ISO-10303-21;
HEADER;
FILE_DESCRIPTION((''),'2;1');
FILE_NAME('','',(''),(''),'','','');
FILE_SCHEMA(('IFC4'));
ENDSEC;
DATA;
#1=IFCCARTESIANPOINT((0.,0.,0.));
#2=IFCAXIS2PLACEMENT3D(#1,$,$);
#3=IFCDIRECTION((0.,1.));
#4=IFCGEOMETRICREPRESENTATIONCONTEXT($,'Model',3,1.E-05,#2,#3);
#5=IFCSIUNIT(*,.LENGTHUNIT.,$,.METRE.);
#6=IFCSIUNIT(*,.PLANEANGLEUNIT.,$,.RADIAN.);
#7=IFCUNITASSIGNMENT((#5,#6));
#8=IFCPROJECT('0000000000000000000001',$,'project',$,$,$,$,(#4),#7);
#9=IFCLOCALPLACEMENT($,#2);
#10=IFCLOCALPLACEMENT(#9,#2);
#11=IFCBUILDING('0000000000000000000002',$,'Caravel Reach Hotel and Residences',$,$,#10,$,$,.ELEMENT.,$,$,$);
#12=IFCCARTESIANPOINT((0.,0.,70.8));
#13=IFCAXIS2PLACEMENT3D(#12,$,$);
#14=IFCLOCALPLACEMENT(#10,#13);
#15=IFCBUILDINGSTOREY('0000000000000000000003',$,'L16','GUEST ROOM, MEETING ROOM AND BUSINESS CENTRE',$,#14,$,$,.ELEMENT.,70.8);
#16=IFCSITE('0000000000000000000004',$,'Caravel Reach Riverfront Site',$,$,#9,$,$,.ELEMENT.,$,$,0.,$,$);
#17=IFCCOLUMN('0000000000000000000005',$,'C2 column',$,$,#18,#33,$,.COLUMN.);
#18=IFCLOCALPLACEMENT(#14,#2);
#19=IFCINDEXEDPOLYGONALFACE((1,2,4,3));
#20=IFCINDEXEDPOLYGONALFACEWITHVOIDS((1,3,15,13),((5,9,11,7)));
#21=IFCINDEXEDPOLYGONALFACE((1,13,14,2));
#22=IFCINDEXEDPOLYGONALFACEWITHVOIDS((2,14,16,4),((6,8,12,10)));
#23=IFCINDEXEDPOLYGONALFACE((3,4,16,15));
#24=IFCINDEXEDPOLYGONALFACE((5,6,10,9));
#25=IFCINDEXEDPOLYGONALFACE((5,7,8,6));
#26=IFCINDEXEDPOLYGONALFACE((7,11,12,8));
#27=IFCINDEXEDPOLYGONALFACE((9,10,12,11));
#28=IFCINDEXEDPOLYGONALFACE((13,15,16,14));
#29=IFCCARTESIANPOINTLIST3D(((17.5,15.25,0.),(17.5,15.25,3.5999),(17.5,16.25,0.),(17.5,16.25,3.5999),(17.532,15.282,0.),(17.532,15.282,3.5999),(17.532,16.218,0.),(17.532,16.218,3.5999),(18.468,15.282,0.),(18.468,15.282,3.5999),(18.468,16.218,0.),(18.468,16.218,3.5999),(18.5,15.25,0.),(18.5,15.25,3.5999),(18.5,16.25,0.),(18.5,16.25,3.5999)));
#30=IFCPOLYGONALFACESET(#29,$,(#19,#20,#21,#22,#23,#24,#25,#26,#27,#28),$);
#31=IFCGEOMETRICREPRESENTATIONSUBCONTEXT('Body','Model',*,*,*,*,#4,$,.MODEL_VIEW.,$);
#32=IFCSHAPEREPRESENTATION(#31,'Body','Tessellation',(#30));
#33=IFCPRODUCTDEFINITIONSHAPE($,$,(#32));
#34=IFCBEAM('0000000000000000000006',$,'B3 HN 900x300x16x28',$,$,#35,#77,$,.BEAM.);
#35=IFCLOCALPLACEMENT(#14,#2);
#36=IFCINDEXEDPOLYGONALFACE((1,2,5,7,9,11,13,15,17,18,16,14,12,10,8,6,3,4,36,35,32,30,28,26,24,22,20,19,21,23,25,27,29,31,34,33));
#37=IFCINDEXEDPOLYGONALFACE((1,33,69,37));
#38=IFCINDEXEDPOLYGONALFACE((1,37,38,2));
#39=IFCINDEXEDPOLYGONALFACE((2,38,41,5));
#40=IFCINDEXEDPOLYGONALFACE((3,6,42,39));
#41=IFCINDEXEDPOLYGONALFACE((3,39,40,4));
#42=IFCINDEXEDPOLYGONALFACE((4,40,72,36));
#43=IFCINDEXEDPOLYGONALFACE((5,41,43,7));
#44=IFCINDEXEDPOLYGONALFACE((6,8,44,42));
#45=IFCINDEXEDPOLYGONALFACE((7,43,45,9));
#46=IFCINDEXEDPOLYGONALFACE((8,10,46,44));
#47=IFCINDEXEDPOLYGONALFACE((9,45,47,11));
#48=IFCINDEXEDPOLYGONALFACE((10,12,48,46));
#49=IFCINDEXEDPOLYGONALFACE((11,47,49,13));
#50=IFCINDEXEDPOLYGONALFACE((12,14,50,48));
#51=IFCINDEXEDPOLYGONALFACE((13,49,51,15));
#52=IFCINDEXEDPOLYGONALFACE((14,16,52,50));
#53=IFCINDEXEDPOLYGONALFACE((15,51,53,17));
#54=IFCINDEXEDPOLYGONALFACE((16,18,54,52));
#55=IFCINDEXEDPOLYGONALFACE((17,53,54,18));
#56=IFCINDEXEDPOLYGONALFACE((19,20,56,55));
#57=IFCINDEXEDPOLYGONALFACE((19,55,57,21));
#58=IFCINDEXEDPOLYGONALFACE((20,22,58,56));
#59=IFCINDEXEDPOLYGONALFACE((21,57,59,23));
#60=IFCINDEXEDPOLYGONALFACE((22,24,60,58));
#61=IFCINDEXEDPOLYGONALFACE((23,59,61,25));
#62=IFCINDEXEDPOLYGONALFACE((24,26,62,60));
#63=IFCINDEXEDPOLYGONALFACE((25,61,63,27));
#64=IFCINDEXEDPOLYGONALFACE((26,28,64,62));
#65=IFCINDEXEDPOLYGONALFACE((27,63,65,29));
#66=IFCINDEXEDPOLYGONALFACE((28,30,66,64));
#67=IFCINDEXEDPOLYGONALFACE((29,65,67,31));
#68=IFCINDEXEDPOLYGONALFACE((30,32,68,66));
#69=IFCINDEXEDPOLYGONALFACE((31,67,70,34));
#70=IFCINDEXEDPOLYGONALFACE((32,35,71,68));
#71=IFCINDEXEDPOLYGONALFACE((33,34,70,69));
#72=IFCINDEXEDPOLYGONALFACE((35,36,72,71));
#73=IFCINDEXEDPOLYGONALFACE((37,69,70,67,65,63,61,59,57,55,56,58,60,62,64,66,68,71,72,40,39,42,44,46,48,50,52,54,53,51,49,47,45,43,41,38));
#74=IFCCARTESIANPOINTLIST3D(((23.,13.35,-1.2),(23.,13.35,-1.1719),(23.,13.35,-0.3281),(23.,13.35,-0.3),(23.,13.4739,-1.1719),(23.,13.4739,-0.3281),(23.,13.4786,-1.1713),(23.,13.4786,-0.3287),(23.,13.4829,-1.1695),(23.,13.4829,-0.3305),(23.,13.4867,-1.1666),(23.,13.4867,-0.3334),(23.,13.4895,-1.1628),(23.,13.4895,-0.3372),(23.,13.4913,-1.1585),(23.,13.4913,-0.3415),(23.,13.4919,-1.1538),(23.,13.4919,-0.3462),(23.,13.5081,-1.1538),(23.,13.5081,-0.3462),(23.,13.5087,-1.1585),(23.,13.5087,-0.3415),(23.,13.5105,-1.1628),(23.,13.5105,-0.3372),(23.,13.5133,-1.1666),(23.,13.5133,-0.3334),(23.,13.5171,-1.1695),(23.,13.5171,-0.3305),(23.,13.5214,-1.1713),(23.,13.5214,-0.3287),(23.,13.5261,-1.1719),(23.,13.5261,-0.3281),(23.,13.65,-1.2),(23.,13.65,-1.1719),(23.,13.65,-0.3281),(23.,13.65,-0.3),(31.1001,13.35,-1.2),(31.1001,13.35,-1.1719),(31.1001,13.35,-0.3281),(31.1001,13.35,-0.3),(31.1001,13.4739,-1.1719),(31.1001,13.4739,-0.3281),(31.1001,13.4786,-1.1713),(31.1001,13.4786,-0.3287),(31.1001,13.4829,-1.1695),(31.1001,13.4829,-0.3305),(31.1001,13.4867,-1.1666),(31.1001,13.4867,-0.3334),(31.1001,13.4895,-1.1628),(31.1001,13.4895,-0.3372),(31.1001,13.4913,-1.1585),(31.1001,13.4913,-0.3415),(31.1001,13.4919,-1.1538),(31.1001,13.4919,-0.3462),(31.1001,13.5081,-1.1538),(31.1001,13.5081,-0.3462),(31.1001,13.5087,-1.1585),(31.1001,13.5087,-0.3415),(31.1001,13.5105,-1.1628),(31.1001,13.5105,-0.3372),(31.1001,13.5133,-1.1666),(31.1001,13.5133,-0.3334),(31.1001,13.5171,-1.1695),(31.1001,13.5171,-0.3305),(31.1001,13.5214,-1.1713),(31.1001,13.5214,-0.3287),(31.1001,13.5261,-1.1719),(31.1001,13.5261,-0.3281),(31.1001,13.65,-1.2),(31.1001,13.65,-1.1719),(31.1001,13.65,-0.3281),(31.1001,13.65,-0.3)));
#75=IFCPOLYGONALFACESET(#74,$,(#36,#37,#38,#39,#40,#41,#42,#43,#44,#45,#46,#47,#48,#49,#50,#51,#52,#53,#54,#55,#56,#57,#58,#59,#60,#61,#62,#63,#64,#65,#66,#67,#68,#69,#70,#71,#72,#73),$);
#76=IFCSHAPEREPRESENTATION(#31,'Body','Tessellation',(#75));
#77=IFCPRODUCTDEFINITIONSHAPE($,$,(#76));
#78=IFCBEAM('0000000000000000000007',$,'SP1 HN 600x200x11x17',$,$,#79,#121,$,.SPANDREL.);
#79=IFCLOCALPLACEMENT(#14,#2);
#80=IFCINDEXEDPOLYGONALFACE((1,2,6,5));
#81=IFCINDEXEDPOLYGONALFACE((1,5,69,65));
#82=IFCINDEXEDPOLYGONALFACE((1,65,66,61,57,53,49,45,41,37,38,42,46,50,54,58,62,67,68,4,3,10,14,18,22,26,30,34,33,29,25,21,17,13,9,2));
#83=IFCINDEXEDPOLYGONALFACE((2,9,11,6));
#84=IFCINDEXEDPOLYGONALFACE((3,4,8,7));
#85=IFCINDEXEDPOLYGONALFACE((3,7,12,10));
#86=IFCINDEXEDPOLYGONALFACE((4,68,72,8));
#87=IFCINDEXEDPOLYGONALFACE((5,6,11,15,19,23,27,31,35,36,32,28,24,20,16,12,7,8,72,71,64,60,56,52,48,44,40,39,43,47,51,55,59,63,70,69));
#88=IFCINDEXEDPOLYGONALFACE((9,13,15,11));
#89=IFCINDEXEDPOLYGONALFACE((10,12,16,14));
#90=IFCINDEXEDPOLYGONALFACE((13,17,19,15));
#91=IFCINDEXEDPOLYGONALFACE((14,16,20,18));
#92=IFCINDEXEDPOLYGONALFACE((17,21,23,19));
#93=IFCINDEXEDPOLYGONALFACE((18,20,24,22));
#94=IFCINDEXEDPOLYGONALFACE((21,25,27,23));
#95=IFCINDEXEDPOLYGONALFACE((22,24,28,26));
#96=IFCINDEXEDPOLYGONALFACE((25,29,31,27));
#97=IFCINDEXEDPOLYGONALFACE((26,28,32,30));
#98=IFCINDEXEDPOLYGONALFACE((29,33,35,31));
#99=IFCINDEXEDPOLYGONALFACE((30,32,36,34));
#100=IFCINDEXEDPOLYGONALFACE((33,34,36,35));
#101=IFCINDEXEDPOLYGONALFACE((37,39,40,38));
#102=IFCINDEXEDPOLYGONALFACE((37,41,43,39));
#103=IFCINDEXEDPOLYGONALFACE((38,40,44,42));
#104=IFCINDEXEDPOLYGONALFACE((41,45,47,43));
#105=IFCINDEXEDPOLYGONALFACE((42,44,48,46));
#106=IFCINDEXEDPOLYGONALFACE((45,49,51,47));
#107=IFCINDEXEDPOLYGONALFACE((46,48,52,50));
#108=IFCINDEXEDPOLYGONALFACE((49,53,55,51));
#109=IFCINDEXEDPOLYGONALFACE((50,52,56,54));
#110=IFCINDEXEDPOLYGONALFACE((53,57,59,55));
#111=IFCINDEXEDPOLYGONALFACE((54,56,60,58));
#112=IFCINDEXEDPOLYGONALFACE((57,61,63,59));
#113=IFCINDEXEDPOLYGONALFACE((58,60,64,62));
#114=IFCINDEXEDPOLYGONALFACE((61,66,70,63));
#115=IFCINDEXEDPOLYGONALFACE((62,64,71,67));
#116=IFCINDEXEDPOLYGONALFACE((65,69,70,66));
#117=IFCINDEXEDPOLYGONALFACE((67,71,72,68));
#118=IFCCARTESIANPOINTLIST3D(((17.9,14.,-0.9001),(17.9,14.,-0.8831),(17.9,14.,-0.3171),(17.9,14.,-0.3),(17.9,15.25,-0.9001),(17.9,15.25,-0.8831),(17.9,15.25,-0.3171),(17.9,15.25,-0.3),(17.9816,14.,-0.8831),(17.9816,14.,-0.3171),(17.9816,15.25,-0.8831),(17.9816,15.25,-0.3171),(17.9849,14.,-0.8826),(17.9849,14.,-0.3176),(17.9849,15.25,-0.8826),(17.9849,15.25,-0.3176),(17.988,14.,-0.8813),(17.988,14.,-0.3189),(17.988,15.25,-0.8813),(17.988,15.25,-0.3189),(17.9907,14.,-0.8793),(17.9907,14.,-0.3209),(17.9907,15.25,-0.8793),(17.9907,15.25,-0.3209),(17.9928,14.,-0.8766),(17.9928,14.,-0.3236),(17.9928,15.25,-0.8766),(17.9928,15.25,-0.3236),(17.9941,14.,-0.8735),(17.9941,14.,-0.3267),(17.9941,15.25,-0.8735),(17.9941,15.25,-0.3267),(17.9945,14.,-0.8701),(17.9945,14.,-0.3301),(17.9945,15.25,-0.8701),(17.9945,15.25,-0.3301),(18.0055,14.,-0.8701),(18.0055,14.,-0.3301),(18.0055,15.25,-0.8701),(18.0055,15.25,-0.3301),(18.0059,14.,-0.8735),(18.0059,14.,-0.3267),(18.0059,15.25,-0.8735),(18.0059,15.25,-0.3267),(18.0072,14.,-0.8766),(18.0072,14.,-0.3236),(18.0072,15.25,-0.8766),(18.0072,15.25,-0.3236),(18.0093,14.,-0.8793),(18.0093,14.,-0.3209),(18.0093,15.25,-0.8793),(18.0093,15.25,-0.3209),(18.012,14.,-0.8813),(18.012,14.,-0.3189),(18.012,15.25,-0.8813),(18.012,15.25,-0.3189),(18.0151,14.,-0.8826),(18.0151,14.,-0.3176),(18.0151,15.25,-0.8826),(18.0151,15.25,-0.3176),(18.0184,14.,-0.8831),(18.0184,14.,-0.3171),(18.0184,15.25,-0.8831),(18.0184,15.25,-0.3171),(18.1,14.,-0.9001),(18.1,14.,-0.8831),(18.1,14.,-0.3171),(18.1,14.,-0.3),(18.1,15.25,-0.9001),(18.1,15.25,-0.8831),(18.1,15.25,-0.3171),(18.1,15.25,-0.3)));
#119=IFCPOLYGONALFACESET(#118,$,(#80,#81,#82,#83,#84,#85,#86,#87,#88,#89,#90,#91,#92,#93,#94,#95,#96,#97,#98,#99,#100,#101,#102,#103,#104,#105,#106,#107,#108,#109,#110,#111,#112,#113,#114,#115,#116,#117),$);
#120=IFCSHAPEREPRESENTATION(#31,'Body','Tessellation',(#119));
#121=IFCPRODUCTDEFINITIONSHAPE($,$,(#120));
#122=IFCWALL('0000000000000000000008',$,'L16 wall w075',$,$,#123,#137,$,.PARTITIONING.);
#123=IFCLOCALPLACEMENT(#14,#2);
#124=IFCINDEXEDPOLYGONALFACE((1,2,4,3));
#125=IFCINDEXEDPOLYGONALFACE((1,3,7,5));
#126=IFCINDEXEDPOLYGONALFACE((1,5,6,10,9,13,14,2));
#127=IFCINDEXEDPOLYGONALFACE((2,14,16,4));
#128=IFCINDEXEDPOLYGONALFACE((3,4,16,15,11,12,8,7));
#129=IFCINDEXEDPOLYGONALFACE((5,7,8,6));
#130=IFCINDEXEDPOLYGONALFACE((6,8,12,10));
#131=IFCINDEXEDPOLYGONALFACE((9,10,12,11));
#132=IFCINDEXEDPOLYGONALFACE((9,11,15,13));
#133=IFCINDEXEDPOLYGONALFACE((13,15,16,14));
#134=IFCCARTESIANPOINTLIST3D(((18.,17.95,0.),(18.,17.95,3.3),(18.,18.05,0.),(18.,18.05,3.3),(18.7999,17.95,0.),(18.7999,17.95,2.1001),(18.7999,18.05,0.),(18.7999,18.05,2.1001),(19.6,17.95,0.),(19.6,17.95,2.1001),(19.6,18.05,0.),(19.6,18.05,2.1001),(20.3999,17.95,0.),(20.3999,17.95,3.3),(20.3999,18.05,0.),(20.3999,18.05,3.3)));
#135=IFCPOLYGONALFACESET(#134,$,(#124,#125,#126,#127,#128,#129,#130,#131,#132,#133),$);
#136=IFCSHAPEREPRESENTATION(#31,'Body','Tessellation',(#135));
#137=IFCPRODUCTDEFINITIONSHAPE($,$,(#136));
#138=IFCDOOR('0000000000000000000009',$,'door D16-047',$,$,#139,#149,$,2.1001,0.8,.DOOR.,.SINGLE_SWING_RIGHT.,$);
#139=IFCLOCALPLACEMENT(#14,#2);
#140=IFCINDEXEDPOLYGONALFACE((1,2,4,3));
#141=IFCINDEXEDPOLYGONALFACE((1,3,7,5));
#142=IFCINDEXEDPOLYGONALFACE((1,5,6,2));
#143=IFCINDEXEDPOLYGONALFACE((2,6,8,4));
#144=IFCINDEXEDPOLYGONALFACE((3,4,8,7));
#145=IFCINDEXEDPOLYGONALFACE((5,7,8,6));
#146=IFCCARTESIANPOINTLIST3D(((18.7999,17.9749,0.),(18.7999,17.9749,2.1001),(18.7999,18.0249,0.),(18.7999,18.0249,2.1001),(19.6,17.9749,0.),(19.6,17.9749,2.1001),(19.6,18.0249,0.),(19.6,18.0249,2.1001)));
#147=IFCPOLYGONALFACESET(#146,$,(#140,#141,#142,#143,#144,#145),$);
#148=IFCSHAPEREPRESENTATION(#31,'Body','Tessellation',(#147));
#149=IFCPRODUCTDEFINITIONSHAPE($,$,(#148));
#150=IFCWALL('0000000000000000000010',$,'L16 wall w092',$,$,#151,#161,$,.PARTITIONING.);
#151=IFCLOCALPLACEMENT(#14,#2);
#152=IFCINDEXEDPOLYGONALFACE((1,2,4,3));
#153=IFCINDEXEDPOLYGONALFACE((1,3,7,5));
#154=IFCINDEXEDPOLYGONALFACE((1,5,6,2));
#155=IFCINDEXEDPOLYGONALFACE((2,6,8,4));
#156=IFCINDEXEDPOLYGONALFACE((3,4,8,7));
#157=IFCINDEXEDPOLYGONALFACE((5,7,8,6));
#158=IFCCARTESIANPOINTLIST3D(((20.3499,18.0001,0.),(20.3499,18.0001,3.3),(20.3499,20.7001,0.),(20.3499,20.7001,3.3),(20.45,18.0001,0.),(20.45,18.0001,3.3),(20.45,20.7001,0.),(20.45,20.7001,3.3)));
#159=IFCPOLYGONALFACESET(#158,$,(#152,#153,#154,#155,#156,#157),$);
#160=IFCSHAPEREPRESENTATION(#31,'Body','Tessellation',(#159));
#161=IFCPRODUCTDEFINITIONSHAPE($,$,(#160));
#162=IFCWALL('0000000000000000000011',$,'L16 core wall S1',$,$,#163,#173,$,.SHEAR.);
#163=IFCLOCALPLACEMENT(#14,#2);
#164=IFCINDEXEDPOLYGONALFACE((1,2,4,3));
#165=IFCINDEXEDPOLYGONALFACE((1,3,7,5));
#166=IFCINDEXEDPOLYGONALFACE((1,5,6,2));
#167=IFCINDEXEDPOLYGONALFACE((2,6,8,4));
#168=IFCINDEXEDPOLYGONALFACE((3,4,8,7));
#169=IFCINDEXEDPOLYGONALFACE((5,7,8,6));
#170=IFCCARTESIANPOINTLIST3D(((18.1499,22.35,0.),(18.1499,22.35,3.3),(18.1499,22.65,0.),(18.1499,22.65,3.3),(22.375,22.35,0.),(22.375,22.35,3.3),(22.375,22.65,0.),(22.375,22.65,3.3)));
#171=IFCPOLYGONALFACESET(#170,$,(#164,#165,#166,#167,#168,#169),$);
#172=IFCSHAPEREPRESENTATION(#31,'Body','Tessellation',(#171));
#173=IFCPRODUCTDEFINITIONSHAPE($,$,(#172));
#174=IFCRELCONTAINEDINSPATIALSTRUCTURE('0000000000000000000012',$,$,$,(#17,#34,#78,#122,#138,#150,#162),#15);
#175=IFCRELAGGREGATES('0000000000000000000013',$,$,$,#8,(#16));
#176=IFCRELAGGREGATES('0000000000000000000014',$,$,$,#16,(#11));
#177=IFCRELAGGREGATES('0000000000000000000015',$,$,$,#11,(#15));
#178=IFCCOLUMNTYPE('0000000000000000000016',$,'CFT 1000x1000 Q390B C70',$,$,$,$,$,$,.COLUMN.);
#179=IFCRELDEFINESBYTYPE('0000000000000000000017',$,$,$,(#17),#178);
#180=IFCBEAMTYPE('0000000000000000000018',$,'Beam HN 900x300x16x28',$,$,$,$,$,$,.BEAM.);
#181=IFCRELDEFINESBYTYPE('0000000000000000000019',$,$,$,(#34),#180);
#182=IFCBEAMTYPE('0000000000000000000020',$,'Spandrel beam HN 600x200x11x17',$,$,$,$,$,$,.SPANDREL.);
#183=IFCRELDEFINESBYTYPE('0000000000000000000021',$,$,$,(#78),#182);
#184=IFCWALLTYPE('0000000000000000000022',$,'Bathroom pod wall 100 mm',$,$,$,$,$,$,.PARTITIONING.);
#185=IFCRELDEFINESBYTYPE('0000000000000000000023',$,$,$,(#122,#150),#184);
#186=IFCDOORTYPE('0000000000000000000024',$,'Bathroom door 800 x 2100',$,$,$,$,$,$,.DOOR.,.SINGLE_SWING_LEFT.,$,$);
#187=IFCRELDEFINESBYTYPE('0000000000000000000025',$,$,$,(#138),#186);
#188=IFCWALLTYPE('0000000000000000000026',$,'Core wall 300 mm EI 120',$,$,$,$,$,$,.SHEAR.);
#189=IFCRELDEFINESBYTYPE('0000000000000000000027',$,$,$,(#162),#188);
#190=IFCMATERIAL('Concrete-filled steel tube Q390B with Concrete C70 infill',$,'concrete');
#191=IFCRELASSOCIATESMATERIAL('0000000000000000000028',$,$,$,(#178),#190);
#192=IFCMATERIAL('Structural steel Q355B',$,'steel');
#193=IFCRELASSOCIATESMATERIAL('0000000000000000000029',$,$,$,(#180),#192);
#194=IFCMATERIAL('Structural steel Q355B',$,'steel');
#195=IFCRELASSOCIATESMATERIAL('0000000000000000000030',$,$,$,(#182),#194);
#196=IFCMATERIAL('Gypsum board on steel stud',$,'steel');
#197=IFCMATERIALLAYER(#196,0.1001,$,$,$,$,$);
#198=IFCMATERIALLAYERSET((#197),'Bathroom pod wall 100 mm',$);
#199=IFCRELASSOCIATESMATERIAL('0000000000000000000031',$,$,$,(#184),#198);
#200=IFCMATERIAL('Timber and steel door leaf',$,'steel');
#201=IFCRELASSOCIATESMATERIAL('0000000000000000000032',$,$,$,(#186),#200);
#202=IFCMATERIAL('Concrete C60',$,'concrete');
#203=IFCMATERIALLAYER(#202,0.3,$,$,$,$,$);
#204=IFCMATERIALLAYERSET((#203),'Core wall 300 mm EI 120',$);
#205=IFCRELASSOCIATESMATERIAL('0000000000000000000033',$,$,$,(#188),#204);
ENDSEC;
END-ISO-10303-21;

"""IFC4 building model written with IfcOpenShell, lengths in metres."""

from ifc_helpers import new_model, si_unit, direction, frame, frame_2d, origin, origin_2d, place, context, subcontext, project, spatial, rectangle, hollow_rectangle, i_section, extrude, material, layer, layer_set, material_profile, profile_set, type_object, element, fill, save


model = new_model("IFC4")

# Units and contexts
model_context = context("Model", 3, precision=1e-05, world=origin(), true_north=direction((0.0, 1.0)))
body_context = subcontext(model_context, "Body", "Model", "MODEL_VIEW")
ifc_project = project(units=[si_unit("LENGTHUNIT", "METRE"), si_unit("PLANEANGLEUNIT", "RADIAN")], contexts=[model_context])

# Site, building, storey
site_placement = place(None, origin())
site = spatial("IfcSite", under=ifc_project, at=site_placement, Name="Caravel Reach Riverfront Site", CompositionType="ELEMENT", RefElevation=0.0)
building_placement = place(site_placement, origin())
building = spatial("IfcBuilding", under=site, at=building_placement, Name="Caravel Reach Hotel and Residences", CompositionType="ELEMENT")
storey_placement = place(building_placement, frame((0.0, 0.0, 70.8)))
storey = spatial("IfcBuildingStorey", under=building, at=storey_placement, Name="L16", Description="GUEST ROOM, MEETING ROOM AND BUSINESS CENTRE", CompositionType="ELEMENT", Elevation=70.8)

# Column
ifc_material_1 = material(Name="Concrete-filled steel tube Q390B with Concrete C70 infill", Category="concrete")
ifc_material_profile_1 = material_profile(ifc_material_1, hollow_rectangle(XDim=1.0, YDim=1.0, WallThickness=0.032, at=origin_2d()), Name="RHS 1000x1000x32")
ifc_profile_set_1 = profile_set([ifc_material_profile_1], Name="Concrete-filled steel tube Q390B with Concrete C70 infill")
column_type = type_object("IfcColumnType", Name="CFT 1000x1000 Q390B C70", PredefinedType="COLUMN", material=ifc_profile_set_1)
column_placement = place(storey_placement, frame((18.0, 15.75, 0.0), z_axis=(0.0, 0.0, 1.0), x_axis=(1.0, 0.0, 0.0)))
element("IfcColumn", 1, at=column_placement, inside=storey, type_object=column_type, Name="C2 column", PredefinedType="COLUMN", context=body_context, shape_type="SweptSolid", body=[
    extrude(hollow_rectangle(XDim=1.0, YDim=1.0, WallThickness=0.032, at=origin_2d()), origin(), (0.0, 0.0, 1.0), 3.5999),
])

# Beams
ifc_material_2 = material(Name="Structural steel Q355B", Category="steel")
ifc_material_profile_2 = material_profile(ifc_material_2, i_section(OverallWidth=0.3, OverallDepth=0.8999, WebThickness=0.0161, FlangeThickness=0.0281, FilletRadius=0.0181, at=origin_2d()), Name="HN 900x300x16x28")
ifc_profile_set_2 = profile_set([ifc_material_profile_2], Name="Structural steel Q355B")
beam_type_1 = type_object("IfcBeamType", Name="Beam HN 900x300x16x28", PredefinedType="BEAM", material=ifc_profile_set_2)
beam_1_placement = place(storey_placement, frame((23.0, 13.5, -0.75), z_axis=(1.0, 0.0, 0.0), x_axis=(0.0, 1.0, 0.0)))
element("IfcBeam", 2, at=beam_1_placement, inside=storey, type_object=beam_type_1, Name="B3 HN 900x300x16x28", PredefinedType="BEAM", context=body_context, shape_type="SweptSolid", body=[
    extrude(i_section(OverallWidth=0.3, OverallDepth=0.8999, WebThickness=0.0161, FlangeThickness=0.0281, FilletRadius=0.0181, at=origin_2d()), origin(), (0.0, 0.0, 1.0), 8.1001),
])
ifc_material_3 = material(Name="Structural steel Q355B", Category="steel")
ifc_material_profile_3 = material_profile(ifc_material_3, i_section(OverallWidth=0.2, OverallDepth=0.6001, WebThickness=0.011, FlangeThickness=0.0171, FilletRadius=0.0129, at=origin_2d()), Name="HN 600x200x11x17")
ifc_profile_set_3 = profile_set([ifc_material_profile_3], Name="Structural steel Q355B")
beam_type_2 = type_object("IfcBeamType", Name="Spandrel beam HN 600x200x11x17", PredefinedType="SPANDREL", material=ifc_profile_set_3)
beam_2_placement = place(storey_placement, frame((18.0, 15.25, -0.6001), z_axis=(0.0, -1.0, 0.0), x_axis=(1.0, 0.0, 0.0)))
element("IfcBeam", 3, at=beam_2_placement, inside=storey, type_object=beam_type_2, Name="SP1 HN 600x200x11x17", PredefinedType="SPANDREL", context=body_context, shape_type="SweptSolid", body=[
    extrude(i_section(OverallWidth=0.2, OverallDepth=0.6001, WebThickness=0.011, FlangeThickness=0.0171, FilletRadius=0.0129, at=origin_2d()), origin(), (0.0, 0.0, 1.0), 1.25),
])

# Wall, opening, door
ifc_material_4 = material(Name="Gypsum board on steel stud", Category="steel")
ifc_layer_1 = layer(ifc_material_4, 0.1001)
ifc_layer_set_1 = layer_set([ifc_layer_1], Name="Bathroom pod wall 100 mm")
wall_type_1 = type_object("IfcWallType", Name="Bathroom pod wall 100 mm", PredefinedType="PARTITIONING", material=ifc_layer_set_1)
wall_1_placement = place(storey_placement, frame((18.0, 18.0, 0.0), z_axis=(0.0, 0.0, 1.0), x_axis=(1.0, 0.0, 0.0)))
wall_1 = element("IfcWall", 4, at=wall_1_placement, inside=storey, type_object=wall_type_1, Name="L16 wall w075", PredefinedType="PARTITIONING", context=body_context, shape_type="SweptSolid", body=[
    extrude(rectangle(XDim=2.3999, YDim=0.1001, at=frame_2d((1.2, 0.0))), origin(), (0.0, 0.0, 1.0), 3.3),
])
opening_1_placement = place(wall_1_placement, frame((0.8, 0.0, 0.0)))
opening_1 = element("IfcOpeningElement", 5, at=opening_1_placement, cuts=wall_1, PredefinedType="OPENING", context=body_context, shape_type="SweptSolid", body=[
    extrude(rectangle(XDim=0.8, YDim=2.1001, at=frame_2d((0.3999, 1.05))), frame((0.0, 0.0601, 0.0), z_axis=(0.0, -1.0, 0.0), x_axis=(1.0, 0.0, 0.0)), (0.0, 0.0, 1.0), 0.1201),
])
ifc_material_5 = material(Name="Timber and steel door leaf", Category="steel")
door_type_1 = type_object("IfcDoorType", Name="Bathroom door 800 x 2100", OperationType="SINGLE_SWING_LEFT", PredefinedType="DOOR", material=ifc_material_5)
door_1_placement = place(opening_1_placement, origin())
door_1 = element("IfcDoor", 6, at=door_1_placement, inside=storey, type_object=door_type_1, Name="door D16-047", OperationType="SINGLE_SWING_RIGHT", OverallHeight=2.1001, OverallWidth=0.8, PredefinedType="DOOR", context=body_context, shape_type="SweptSolid", body=[
    extrude(rectangle(XDim=0.8, YDim=2.1001, at=frame_2d((0.3999, 1.05))), frame((0.0, 0.0249, 0.0), z_axis=(0.0, -1.0, 0.0), x_axis=(1.0, 0.0, 0.0)), (0.0, 0.0, 1.0), 0.05),
])
fill(opening_1, door_1)

# Walls
wall_2_placement = place(storey_placement, frame((20.3999, 18.0, 0.0), z_axis=(0.0, 0.0, 1.0), x_axis=(0.0, 1.0, 0.0)))
element("IfcWall", 7, at=wall_2_placement, inside=storey, type_object=wall_type_1, Name="L16 wall w092", PredefinedType="PARTITIONING", context=body_context, shape_type="SweptSolid", body=[
    extrude(rectangle(XDim=2.7, YDim=0.1001, at=frame_2d((1.3501, 0.0))), origin(), (0.0, 0.0, 1.0), 3.3),
])
ifc_material_6 = material(Name="Concrete C60", Category="concrete")
ifc_layer_2 = layer(ifc_material_6, 0.3)
ifc_layer_set_2 = layer_set([ifc_layer_2], Name="Core wall 300 mm EI 120")
wall_type_2 = type_object("IfcWallType", Name="Core wall 300 mm EI 120", PredefinedType="SHEAR", material=ifc_layer_set_2)
wall_3_placement = place(storey_placement, frame((18.1499, 22.5, 0.0), z_axis=(0.0, 0.0, 1.0), x_axis=(1.0, 0.0, 0.0)))
element("IfcWall", 8, at=wall_3_placement, inside=storey, type_object=wall_type_2, Name="L16 core wall S1", PredefinedType="SHEAR", context=body_context, shape_type="SweptSolid", body=[
    extrude(rectangle(XDim=4.2251, YDim=0.3, at=frame_2d((2.1125, 0.0))), origin(), (0.0, 0.0, 1.0), 3.3),
])

save(model, "model.ifc")
